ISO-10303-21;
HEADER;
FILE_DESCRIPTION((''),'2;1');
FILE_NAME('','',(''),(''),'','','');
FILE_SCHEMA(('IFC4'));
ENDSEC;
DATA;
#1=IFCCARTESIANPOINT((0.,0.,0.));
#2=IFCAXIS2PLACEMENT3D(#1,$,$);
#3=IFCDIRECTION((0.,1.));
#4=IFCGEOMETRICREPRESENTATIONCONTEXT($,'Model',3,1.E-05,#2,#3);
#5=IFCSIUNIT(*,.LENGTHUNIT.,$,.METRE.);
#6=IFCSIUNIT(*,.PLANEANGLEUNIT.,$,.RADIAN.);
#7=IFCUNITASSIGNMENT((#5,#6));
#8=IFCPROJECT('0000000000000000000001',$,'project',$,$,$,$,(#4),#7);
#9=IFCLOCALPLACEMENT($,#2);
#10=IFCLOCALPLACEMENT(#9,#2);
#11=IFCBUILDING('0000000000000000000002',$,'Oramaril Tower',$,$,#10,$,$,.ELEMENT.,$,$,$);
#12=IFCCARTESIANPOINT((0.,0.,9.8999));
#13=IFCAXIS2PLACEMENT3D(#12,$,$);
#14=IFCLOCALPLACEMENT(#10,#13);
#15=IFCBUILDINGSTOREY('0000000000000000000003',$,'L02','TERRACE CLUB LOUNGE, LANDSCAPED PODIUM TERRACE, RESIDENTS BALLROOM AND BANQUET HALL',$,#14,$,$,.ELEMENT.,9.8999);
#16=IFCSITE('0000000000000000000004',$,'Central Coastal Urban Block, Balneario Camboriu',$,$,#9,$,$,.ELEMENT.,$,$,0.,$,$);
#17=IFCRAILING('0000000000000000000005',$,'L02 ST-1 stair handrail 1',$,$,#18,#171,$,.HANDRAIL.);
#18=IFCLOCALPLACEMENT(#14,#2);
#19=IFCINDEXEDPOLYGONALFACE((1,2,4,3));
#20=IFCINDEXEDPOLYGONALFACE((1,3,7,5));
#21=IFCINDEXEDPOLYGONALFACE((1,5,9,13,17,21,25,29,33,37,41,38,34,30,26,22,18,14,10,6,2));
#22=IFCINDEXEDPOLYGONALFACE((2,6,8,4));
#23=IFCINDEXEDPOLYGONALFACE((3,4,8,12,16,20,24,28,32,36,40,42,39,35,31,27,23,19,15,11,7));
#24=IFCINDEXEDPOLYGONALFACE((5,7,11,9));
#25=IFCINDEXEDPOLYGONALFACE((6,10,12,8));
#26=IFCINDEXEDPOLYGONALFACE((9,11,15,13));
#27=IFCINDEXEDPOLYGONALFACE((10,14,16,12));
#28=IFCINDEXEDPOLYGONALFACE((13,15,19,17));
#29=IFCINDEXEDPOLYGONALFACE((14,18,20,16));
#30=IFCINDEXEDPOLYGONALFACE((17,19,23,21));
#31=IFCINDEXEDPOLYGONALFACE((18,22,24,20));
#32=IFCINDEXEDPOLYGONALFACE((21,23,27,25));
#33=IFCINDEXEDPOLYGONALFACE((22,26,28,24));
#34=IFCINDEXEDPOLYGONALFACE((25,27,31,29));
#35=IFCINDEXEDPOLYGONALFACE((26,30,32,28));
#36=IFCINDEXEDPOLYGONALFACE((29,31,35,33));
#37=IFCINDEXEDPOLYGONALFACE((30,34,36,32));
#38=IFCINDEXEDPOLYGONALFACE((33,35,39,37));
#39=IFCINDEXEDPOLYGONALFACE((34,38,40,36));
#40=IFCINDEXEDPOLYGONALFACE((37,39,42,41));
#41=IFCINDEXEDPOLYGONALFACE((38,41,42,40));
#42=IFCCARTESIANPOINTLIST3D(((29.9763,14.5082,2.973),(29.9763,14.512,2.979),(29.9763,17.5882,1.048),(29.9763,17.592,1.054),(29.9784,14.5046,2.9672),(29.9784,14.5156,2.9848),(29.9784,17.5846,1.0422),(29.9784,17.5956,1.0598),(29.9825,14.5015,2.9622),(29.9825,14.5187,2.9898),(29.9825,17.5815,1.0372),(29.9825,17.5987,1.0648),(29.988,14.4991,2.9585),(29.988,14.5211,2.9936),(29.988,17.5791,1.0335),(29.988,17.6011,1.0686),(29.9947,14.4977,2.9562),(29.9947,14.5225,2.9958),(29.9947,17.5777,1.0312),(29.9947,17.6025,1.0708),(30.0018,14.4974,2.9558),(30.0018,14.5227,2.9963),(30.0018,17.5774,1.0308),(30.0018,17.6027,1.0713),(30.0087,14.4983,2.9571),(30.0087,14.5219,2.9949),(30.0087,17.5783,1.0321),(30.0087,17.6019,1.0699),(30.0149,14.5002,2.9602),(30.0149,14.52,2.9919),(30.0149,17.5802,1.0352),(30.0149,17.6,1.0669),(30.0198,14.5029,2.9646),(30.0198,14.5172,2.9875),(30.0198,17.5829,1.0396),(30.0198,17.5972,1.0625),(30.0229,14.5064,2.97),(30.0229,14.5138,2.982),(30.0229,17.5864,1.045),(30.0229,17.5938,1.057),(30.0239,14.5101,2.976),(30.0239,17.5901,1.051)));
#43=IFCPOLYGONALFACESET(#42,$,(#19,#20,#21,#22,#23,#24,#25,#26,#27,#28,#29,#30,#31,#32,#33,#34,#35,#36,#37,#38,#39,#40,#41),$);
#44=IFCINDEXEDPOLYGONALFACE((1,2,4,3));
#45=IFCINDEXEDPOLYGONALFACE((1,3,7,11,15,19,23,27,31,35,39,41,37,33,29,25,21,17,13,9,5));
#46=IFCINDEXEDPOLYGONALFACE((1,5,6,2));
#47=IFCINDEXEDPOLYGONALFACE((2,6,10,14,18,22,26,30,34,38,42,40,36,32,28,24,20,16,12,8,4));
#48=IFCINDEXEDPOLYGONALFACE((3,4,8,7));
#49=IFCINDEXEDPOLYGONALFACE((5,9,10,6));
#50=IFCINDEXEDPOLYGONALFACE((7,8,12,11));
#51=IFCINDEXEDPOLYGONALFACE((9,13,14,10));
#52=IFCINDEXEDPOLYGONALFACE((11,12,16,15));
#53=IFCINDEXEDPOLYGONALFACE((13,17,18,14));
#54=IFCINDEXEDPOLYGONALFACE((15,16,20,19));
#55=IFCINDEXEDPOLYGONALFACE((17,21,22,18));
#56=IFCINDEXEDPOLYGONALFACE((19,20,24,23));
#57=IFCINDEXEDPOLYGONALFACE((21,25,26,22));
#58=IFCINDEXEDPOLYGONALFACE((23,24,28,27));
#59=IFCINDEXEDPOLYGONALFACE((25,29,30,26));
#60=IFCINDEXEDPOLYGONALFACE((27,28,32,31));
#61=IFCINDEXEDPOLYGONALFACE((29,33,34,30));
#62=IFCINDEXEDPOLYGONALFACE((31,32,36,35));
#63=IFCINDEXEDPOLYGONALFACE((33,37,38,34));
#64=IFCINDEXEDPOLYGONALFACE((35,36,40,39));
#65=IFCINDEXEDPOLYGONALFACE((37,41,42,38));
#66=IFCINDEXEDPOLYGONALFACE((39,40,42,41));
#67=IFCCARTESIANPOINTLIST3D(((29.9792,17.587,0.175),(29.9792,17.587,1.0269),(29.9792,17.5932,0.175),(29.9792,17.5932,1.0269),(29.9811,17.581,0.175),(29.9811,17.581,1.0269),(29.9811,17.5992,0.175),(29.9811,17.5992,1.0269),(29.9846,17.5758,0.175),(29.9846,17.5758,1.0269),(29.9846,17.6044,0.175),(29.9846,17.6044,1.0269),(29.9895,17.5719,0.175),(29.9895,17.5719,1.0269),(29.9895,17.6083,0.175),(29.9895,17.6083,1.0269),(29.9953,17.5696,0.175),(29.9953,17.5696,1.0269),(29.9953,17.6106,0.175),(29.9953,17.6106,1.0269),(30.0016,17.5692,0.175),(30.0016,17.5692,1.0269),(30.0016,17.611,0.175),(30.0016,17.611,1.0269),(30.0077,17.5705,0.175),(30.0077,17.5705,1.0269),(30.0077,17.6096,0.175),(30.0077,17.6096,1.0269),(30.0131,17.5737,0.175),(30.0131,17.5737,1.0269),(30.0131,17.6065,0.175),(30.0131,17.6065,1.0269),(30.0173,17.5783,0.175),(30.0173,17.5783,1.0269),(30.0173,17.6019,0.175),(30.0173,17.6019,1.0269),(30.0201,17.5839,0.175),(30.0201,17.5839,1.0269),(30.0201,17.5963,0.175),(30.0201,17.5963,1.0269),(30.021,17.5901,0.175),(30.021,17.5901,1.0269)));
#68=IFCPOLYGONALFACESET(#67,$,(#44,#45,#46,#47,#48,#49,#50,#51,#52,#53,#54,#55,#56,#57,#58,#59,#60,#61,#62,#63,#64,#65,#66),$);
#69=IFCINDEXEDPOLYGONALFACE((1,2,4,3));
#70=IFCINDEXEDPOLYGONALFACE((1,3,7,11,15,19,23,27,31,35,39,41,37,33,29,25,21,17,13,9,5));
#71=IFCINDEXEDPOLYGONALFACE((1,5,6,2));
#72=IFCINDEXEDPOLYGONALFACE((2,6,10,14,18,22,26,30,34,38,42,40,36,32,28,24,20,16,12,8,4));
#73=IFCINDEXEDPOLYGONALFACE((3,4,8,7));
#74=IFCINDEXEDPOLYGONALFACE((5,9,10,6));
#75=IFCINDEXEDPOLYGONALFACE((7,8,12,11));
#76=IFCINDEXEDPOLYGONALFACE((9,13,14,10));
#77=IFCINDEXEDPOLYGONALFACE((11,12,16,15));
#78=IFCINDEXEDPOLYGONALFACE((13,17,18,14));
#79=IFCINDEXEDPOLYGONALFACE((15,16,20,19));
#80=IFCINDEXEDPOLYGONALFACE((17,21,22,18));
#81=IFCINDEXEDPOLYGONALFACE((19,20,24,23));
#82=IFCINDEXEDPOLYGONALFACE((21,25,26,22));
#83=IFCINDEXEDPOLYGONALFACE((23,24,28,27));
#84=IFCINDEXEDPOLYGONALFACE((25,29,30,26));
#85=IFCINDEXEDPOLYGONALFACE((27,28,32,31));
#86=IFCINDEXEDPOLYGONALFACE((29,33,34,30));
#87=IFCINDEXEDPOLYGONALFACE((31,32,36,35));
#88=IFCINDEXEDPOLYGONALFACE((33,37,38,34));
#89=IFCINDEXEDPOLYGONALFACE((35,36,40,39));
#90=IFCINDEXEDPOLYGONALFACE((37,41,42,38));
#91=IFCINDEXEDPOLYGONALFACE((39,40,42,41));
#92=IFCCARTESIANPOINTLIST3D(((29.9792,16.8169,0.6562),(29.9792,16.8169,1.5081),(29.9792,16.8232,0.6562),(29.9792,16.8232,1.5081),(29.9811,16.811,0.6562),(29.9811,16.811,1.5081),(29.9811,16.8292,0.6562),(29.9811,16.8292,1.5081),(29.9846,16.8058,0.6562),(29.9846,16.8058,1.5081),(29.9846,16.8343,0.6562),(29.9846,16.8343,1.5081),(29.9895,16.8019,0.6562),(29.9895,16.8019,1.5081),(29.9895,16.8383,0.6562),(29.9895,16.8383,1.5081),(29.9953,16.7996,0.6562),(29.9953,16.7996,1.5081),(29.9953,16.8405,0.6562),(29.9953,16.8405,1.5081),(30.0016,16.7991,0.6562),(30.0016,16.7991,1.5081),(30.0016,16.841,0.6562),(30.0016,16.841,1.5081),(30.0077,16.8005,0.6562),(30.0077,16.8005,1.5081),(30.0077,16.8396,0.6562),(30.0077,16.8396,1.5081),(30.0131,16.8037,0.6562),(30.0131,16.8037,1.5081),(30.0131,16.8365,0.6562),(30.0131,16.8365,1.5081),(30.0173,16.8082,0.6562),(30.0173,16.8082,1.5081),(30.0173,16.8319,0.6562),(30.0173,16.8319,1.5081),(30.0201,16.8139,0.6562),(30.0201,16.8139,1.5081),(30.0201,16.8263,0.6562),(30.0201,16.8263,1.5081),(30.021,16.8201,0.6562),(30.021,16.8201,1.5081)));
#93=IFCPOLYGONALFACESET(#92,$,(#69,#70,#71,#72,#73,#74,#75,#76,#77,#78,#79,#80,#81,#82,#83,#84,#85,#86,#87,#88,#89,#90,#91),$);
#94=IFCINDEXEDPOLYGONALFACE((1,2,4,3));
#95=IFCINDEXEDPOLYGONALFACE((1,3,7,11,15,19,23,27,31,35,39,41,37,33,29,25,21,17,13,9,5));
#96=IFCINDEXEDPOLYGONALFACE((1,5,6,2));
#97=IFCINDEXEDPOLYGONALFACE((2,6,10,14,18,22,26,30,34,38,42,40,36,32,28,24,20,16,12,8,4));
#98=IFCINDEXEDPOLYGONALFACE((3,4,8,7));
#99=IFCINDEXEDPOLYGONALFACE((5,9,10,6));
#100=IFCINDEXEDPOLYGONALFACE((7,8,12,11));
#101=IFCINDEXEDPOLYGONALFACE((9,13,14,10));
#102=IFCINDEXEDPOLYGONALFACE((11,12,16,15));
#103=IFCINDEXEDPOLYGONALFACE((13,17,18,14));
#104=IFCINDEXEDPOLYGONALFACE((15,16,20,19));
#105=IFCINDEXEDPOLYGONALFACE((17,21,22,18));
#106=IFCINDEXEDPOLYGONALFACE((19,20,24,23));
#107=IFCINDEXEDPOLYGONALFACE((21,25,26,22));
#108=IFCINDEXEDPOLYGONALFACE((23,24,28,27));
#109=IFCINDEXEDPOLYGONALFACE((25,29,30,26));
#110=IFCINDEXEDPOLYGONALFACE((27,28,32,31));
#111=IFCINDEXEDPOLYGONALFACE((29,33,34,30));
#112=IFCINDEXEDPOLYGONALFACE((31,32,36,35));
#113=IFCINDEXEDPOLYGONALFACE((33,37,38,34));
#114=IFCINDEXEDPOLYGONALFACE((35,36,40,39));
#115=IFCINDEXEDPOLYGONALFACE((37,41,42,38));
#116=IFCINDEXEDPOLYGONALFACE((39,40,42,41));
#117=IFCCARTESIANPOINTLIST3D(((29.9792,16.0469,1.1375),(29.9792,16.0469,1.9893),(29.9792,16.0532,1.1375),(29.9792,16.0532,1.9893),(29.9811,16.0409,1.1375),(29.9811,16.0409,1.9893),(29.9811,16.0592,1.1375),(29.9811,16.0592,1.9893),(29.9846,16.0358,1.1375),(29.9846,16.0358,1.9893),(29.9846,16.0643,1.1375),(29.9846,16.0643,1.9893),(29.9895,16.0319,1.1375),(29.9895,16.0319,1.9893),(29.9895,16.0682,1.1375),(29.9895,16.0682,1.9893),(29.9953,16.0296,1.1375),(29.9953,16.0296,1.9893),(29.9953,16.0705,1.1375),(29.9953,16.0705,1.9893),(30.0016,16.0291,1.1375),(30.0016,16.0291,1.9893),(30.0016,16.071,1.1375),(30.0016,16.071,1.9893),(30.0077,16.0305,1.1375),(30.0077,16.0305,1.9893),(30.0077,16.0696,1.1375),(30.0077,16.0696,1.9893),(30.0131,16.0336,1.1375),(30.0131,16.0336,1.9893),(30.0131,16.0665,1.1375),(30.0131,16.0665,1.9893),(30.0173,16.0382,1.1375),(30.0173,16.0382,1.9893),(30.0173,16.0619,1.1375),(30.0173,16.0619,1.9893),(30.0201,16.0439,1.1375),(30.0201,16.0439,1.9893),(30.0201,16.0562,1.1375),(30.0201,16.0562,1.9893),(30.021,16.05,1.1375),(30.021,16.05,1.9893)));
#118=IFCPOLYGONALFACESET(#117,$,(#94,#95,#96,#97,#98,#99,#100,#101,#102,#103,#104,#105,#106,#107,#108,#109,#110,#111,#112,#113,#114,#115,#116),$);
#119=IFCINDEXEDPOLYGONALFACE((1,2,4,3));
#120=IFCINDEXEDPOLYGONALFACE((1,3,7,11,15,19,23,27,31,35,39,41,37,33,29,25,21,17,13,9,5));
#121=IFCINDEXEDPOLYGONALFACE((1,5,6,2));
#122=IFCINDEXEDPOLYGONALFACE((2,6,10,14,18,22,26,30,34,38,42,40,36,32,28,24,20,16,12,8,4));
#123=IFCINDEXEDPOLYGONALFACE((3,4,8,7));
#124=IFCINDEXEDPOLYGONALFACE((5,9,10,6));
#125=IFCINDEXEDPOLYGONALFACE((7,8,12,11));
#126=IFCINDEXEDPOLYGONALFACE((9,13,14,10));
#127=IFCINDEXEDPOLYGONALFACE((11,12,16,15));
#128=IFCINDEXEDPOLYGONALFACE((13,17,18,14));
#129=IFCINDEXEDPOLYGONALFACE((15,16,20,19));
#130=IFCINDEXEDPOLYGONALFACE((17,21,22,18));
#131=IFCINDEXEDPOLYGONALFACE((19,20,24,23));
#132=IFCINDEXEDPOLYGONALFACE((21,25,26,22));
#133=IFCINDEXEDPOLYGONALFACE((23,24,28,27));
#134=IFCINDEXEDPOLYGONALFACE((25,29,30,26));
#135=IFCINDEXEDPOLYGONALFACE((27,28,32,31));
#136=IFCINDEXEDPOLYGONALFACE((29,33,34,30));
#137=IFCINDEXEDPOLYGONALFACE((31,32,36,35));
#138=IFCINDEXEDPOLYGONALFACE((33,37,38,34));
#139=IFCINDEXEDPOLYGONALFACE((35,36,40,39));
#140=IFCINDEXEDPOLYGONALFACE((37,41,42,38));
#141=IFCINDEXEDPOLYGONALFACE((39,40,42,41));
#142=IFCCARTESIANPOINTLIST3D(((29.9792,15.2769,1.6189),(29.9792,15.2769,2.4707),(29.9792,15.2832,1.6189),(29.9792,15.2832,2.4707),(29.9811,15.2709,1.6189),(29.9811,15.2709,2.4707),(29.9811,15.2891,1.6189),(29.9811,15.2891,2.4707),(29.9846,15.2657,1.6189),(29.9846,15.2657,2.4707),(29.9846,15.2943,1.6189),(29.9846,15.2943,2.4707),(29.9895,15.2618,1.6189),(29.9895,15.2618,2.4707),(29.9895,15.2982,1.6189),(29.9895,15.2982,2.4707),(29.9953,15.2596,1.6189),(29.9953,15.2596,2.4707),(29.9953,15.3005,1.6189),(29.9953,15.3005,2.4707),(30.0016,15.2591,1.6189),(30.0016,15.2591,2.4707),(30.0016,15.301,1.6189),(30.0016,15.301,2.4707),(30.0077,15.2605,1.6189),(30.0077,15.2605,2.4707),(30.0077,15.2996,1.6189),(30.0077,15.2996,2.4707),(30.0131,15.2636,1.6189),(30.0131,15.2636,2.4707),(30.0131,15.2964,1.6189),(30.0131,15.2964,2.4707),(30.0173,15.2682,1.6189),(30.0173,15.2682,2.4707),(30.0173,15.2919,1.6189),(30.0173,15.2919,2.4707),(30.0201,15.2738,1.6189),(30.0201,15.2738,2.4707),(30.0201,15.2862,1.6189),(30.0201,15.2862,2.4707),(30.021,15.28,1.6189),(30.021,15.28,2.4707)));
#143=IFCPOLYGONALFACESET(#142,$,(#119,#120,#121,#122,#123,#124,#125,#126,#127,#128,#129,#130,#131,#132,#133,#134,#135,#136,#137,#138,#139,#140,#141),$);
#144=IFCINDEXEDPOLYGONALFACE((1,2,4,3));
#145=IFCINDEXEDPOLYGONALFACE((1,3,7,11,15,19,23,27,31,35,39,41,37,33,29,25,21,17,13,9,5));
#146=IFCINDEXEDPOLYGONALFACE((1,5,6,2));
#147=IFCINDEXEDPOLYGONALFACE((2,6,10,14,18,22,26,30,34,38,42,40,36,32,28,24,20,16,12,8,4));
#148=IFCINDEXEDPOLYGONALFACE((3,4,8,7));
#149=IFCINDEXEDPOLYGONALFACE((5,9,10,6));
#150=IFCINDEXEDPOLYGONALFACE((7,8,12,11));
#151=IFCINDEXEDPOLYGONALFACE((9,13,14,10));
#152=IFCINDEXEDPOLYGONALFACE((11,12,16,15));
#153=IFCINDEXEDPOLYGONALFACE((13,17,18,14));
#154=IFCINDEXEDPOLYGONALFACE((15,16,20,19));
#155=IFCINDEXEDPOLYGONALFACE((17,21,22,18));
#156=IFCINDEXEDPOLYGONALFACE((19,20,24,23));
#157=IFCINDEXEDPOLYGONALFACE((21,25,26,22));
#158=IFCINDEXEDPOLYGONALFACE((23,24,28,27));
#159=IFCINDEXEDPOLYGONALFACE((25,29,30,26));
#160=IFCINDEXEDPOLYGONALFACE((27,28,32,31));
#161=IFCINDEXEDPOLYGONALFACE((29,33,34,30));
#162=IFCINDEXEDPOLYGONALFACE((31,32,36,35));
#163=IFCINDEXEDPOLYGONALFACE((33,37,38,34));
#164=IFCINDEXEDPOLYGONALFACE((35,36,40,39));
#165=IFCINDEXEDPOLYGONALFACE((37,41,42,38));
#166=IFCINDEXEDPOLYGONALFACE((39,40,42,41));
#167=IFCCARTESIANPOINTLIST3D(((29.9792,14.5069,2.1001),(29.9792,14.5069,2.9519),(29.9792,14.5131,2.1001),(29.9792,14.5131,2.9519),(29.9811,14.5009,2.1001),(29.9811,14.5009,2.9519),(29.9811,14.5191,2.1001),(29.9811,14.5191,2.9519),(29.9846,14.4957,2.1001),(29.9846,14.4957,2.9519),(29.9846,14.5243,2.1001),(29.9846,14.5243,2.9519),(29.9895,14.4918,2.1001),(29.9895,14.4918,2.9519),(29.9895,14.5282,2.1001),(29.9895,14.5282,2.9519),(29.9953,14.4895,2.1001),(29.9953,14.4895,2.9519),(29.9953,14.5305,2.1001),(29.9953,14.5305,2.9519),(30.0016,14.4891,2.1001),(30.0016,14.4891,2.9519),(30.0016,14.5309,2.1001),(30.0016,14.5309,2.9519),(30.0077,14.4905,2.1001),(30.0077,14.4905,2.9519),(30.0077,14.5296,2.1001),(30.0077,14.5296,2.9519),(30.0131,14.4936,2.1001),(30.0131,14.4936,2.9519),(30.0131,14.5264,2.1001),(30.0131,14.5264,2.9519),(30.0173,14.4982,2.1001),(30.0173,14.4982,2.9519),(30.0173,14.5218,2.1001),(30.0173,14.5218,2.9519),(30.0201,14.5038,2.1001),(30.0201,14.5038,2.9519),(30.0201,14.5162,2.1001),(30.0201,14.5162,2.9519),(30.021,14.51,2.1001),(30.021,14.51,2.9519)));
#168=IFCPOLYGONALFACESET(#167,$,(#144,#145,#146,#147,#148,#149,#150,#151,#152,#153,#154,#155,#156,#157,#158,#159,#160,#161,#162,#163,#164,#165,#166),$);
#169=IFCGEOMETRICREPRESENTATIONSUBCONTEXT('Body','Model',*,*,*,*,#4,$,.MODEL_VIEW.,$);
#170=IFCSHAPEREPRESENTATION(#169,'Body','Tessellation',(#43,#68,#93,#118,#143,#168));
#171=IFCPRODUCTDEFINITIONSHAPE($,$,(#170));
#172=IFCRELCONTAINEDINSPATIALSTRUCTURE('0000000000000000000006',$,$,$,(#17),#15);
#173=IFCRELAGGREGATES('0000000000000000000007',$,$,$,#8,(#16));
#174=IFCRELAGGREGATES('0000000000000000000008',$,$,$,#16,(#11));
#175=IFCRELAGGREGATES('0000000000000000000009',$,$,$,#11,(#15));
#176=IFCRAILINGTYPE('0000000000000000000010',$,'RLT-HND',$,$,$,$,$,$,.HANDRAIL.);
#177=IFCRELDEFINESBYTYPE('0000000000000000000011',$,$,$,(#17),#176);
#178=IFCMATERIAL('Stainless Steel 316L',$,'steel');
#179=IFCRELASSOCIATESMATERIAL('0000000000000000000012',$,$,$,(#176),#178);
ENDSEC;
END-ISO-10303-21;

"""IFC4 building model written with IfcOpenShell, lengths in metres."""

from ifc_helpers import new_model, si_unit, direction, frame, origin, origin_2d, place, context, subcontext, project, spatial, circle, extrude, material, type_object, element, save


model = new_model("IFC4")

# Units and contexts
model_context = context("Model", 3, precision=1e-05, world=origin(), true_north=direction((0.0, 1.0)))
body_context = subcontext(model_context, "Body", "Model", "MODEL_VIEW")
ifc_project = project(units=[si_unit("LENGTHUNIT", "METRE"), si_unit("PLANEANGLEUNIT", "RADIAN")], contexts=[model_context])

# Site, building, storey
site_placement = place(None, origin())
site = spatial("IfcSite", under=ifc_project, at=site_placement, Name="Central Coastal Urban Block, Balneario Camboriu", CompositionType="ELEMENT", RefElevation=0.0)
building_placement = place(site_placement, origin())
building = spatial("IfcBuilding", under=site, at=building_placement, Name="Oramaril Tower", CompositionType="ELEMENT")
storey_placement = place(building_placement, frame((0.0, 0.0, 9.8999)))
storey = spatial("IfcBuildingStorey", under=building, at=storey_placement, Name="L02", Description="TERRACE CLUB LOUNGE, LANDSCAPED PODIUM TERRACE, RESIDENTS BALLROOM AND BANQUET HALL", CompositionType="ELEMENT", Elevation=9.8999)

# Railing
ifc_material_1 = material(Name="Stainless Steel 316L", Category="steel")
railing_type_1 = type_object("IfcRailingType", Name="RLT-HND", PredefinedType="HANDRAIL", material=ifc_material_1)
railing_1_placement = place(storey_placement, frame((30.0, 17.5901, 0.175)))
element("IfcRailing", 1, at=railing_1_placement, inside=storey, type_object=railing_type_1, Name="L02 ST-1 stair handrail 1", PredefinedType="HANDRAIL", context=body_context, shape_type="SweptSolid", body=[
    extrude(circle(Radius=0.0239, at=origin_2d()), frame((0.0, 0.0, 0.876), z_axis=(0.0, -0.847998, 0.529999), x_axis=(1.0, 0.0, 0.0)), (0.0, 0.0, 1.0), 3.6321),
    extrude(circle(Radius=0.021, at=origin_2d()), origin(), (0.0, 0.0, 1.0), 0.8518),
    extrude(circle(Radius=0.021, at=origin_2d()), frame((0.0, -0.77, 0.4812)), (0.0, 0.0, 1.0), 0.8518),
    extrude(circle(Radius=0.021, at=origin_2d()), frame((0.0, -1.54, 0.9624)), (0.0, 0.0, 1.0), 0.8518),
    extrude(circle(Radius=0.021, at=origin_2d()), frame((0.0, -2.3101, 1.4438)), (0.0, 0.0, 1.0), 0.8518),
    extrude(circle(Radius=0.021, at=origin_2d()), frame((0.0, -3.0801, 1.925)), (0.0, 0.0, 1.0), 0.8518),
])

save(model, "model.ifc")
